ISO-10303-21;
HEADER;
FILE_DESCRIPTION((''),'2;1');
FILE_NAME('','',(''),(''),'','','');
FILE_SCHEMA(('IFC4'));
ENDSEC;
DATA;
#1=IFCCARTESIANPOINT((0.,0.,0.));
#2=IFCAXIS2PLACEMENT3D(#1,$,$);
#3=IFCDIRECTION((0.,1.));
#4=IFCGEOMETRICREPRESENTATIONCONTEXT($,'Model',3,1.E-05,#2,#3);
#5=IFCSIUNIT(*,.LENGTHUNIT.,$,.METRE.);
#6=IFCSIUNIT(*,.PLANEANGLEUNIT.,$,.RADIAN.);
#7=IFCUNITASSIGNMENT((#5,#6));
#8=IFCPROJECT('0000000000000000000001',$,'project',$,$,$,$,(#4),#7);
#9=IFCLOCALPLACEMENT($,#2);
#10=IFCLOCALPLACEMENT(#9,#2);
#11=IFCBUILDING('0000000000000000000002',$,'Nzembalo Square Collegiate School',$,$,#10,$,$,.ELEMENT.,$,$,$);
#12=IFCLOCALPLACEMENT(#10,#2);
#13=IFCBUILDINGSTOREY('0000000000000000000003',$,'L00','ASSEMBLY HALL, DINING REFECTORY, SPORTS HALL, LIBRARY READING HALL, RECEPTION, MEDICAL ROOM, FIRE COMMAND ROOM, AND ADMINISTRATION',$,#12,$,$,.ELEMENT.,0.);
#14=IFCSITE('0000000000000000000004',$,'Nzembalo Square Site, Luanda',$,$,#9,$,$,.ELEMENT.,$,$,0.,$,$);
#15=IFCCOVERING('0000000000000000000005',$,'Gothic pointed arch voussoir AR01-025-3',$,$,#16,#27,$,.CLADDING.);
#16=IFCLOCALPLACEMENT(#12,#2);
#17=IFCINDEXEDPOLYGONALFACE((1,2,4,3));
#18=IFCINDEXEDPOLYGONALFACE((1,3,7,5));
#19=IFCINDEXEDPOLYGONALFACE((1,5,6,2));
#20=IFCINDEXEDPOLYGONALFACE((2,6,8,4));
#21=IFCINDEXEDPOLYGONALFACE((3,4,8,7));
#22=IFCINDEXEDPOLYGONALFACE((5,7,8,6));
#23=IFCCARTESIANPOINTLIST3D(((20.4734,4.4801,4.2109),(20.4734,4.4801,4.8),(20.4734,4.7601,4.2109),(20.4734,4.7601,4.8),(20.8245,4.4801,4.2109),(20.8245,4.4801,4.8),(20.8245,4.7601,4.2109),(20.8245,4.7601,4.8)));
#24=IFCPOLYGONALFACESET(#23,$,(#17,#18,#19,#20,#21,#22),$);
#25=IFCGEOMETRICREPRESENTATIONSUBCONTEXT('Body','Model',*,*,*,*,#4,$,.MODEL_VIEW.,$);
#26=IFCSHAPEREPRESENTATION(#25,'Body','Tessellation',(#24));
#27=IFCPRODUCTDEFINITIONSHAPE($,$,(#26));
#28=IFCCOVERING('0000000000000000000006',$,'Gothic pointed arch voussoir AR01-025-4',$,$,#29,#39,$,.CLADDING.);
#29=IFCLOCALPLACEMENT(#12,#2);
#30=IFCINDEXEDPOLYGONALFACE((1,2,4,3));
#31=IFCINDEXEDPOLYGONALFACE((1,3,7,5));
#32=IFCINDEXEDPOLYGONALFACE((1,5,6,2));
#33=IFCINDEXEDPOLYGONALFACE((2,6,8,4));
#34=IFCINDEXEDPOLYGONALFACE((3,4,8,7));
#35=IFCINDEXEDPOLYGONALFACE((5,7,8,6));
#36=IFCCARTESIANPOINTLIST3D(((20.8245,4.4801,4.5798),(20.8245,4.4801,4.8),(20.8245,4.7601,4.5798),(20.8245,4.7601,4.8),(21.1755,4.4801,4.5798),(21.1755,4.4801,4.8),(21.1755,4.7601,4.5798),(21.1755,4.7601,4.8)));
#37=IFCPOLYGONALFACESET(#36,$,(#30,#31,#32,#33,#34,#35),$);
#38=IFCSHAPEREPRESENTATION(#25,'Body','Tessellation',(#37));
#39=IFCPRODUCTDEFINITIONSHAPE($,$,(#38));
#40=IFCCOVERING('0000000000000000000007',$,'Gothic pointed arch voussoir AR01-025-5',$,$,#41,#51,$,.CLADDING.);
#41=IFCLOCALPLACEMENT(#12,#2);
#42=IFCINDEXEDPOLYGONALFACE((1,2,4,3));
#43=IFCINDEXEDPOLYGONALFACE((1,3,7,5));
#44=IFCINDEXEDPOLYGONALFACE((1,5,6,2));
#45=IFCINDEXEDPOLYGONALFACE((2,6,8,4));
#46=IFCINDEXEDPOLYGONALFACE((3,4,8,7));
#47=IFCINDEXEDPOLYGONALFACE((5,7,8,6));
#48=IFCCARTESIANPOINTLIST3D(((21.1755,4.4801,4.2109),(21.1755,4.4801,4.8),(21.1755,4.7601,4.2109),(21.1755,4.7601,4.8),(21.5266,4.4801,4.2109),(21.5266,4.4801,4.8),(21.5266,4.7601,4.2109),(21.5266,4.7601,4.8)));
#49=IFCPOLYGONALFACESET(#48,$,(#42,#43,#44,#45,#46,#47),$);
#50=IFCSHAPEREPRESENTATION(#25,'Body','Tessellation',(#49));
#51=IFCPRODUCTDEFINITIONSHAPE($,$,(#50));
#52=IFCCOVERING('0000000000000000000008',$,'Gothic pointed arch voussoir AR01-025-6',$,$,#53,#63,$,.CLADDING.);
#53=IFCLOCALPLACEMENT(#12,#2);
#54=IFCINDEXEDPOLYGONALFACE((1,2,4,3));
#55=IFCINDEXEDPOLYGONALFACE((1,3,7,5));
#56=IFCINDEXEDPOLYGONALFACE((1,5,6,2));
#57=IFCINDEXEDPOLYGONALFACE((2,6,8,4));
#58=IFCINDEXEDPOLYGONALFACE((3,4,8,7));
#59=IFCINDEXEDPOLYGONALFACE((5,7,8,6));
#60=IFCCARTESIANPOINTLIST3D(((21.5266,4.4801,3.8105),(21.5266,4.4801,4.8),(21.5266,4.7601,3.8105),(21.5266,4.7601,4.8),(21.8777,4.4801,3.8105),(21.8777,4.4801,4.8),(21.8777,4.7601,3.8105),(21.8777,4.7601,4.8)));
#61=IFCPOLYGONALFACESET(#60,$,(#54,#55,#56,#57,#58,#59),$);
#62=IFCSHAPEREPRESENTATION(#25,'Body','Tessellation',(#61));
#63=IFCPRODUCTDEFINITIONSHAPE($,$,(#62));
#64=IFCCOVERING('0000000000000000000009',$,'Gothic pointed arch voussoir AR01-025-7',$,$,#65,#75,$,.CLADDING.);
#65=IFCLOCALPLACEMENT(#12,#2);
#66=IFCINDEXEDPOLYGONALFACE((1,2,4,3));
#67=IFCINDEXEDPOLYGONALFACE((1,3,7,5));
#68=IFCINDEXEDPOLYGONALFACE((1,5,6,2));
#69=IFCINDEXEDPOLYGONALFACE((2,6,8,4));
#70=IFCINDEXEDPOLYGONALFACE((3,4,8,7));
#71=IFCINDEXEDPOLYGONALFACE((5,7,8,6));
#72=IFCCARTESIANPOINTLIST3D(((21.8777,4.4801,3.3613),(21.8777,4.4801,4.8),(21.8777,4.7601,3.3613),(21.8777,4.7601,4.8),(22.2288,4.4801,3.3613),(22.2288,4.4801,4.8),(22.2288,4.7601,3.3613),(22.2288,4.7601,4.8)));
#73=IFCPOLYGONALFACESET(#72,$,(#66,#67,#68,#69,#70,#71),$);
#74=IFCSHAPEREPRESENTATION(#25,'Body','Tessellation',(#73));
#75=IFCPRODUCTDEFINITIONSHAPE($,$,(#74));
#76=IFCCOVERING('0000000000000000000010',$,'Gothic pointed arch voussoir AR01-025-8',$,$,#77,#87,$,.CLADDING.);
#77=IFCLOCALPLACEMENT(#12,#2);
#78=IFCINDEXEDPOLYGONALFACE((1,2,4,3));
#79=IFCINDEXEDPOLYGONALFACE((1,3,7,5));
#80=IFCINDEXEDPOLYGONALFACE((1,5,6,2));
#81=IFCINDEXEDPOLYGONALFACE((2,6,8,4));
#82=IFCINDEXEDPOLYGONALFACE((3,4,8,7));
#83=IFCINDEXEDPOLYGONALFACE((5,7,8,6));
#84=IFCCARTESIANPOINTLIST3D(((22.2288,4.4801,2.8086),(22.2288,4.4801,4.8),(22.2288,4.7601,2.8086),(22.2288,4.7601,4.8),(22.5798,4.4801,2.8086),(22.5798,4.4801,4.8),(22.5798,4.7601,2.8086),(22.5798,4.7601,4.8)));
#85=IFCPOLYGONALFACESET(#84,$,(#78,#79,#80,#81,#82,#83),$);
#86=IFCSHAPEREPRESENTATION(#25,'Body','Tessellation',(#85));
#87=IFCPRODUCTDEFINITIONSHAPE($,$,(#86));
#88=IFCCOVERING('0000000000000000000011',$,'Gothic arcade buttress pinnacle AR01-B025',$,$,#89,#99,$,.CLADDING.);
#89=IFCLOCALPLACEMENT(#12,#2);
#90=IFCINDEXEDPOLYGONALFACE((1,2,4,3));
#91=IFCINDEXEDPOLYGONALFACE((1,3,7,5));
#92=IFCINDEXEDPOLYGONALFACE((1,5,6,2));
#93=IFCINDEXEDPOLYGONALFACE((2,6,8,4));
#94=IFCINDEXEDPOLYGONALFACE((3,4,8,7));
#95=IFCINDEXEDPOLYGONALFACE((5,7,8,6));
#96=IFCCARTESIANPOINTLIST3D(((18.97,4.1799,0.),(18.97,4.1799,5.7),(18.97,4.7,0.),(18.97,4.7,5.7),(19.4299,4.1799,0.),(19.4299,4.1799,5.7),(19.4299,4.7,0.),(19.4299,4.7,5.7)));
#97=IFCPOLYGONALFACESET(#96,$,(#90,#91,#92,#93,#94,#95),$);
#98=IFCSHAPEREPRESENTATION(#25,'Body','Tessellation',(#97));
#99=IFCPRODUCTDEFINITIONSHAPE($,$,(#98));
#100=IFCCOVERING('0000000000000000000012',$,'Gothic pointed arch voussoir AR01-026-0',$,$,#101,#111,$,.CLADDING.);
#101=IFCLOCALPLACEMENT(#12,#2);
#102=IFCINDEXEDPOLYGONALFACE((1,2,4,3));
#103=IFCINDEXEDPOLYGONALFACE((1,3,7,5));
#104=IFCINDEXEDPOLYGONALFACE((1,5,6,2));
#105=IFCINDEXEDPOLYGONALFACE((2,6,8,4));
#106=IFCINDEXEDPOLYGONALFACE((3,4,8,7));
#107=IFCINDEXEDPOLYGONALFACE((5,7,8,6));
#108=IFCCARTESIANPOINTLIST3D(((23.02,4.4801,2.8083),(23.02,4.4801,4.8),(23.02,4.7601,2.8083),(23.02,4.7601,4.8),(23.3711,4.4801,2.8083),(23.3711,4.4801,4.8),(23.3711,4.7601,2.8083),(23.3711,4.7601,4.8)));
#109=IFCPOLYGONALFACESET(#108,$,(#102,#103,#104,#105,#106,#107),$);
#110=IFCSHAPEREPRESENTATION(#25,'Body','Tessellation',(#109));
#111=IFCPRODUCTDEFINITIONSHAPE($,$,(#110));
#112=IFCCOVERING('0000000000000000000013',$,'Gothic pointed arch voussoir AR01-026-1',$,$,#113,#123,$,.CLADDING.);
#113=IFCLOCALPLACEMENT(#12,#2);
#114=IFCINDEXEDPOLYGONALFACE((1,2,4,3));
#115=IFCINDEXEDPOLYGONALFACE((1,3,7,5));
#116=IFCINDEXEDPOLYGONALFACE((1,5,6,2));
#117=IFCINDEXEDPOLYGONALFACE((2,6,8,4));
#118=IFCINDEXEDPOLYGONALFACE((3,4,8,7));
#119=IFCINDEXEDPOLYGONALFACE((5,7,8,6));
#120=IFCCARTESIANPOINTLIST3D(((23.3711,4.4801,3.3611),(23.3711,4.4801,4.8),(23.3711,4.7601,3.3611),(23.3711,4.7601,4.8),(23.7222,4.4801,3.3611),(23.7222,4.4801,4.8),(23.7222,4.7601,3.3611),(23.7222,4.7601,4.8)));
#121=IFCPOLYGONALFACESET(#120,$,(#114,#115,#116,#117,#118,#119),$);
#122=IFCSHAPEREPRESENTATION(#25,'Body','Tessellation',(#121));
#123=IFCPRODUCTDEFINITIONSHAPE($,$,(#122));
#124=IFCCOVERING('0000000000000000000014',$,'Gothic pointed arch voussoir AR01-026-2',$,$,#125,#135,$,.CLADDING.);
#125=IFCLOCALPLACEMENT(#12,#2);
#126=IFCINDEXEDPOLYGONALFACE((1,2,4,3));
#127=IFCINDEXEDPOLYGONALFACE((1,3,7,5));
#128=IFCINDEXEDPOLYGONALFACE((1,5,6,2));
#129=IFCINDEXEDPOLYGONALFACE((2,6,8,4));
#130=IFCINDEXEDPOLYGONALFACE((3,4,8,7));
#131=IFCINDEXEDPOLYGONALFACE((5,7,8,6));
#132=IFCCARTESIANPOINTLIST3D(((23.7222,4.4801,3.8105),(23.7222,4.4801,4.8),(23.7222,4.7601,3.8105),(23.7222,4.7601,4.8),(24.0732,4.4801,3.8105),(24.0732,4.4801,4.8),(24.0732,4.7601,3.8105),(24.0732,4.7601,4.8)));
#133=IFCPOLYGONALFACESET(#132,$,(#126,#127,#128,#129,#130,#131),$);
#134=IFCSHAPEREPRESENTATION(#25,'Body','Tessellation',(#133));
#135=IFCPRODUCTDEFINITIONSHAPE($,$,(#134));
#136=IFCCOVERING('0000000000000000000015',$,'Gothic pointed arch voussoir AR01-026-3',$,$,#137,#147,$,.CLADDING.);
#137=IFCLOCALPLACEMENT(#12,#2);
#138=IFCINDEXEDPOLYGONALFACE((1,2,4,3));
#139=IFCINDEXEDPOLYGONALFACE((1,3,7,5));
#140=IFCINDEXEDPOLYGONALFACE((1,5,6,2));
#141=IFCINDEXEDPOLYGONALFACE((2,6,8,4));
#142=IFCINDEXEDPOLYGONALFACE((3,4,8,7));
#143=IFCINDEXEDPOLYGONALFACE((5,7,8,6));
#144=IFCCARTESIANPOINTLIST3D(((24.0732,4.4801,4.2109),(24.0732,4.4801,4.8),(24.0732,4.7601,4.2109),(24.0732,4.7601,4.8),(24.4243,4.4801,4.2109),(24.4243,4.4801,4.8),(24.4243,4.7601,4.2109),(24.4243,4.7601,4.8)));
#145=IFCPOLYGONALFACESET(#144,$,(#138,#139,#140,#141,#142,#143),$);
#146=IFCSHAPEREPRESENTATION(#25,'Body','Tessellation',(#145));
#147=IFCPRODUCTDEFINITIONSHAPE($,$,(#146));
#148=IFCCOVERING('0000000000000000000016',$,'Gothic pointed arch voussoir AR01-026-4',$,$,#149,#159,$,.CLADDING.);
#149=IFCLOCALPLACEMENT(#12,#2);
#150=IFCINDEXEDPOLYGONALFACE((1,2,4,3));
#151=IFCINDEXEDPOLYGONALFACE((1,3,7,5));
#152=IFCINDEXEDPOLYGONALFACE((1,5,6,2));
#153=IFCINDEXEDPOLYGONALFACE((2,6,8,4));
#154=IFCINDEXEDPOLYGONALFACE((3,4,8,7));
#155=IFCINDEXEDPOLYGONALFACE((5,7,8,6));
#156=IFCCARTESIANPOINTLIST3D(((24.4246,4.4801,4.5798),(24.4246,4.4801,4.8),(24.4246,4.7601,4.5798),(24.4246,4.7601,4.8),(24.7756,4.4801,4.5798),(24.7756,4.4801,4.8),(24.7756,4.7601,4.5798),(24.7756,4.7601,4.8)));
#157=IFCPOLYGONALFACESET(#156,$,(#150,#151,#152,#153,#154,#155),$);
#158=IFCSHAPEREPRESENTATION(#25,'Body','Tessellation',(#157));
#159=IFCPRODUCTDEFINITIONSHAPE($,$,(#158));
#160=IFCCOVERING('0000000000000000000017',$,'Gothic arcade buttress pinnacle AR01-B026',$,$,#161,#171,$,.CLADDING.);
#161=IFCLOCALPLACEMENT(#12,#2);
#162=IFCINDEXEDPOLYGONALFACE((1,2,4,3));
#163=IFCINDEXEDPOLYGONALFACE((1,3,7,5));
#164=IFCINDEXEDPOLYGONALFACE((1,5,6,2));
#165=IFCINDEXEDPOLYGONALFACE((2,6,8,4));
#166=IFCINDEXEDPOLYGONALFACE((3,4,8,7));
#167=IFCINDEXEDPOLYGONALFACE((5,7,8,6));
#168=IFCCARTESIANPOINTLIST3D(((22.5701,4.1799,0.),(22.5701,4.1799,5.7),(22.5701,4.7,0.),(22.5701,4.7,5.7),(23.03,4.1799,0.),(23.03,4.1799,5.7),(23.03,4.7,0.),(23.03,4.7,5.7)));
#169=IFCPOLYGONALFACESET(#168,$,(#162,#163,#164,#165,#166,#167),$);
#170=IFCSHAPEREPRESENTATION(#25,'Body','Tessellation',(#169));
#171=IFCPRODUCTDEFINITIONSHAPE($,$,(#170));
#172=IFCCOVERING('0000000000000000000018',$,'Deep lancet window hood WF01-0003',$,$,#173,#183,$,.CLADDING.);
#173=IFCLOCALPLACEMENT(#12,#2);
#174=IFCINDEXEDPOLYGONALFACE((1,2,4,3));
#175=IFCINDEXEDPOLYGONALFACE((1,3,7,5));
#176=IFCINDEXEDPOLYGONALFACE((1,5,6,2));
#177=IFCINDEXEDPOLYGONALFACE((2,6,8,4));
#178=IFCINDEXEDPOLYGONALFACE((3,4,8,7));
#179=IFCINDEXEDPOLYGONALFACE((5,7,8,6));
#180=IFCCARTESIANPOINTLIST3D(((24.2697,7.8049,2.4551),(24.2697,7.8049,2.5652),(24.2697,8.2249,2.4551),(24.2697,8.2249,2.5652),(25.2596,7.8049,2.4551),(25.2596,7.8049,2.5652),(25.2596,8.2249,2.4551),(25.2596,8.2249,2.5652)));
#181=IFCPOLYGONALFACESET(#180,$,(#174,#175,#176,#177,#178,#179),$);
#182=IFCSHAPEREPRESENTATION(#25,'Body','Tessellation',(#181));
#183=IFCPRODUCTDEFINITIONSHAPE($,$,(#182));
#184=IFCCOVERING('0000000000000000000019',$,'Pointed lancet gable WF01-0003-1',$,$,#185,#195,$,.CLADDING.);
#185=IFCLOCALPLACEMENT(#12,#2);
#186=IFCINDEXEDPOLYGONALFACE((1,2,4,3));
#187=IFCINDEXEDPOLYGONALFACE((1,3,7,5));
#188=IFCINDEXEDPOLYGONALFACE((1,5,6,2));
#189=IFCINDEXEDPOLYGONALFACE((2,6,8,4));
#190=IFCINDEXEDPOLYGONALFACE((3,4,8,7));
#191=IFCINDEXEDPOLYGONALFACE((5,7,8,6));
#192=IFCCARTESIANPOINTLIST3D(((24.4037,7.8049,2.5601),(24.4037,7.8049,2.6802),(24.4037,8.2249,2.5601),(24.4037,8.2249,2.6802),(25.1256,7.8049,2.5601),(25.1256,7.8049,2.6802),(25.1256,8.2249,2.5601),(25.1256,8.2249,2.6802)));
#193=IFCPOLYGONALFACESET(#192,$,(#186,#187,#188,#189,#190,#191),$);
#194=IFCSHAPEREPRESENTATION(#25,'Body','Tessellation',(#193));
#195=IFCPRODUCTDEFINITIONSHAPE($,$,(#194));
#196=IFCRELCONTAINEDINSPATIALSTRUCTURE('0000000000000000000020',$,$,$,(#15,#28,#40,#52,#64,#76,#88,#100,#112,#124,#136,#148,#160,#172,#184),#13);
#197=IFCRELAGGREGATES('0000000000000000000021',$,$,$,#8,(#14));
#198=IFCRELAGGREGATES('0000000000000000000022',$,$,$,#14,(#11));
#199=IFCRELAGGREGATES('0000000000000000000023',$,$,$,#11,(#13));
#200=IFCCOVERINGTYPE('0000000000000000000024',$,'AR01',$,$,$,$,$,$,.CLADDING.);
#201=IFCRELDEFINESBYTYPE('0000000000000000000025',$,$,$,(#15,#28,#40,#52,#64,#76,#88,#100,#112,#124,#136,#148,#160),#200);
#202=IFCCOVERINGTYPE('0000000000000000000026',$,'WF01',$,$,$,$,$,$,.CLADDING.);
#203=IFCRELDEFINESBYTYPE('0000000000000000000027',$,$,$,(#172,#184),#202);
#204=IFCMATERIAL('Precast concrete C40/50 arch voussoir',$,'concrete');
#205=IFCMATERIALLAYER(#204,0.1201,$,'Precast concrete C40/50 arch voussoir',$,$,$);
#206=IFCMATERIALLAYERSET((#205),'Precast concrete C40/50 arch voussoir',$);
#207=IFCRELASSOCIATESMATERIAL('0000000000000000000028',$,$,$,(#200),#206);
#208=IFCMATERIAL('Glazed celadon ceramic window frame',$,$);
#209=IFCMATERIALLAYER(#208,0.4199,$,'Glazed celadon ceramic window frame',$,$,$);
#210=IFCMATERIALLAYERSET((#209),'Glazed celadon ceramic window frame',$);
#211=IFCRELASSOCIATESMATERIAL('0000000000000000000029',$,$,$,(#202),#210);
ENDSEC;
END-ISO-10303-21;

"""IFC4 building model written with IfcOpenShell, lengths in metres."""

from ifc_helpers import new_model, si_unit, direction, frame, origin, origin_2d, place, context, subcontext, project, spatial, rectangle, extrude, material, layer, layer_set, type_object, element, save


model = new_model("IFC4")

# Units and contexts
model_context = context("Model", 3, precision=1e-05, world=origin(), true_north=direction((0.0, 1.0)))
body_context = subcontext(model_context, "Body", "Model", "MODEL_VIEW")
ifc_project = project(units=[si_unit("LENGTHUNIT", "METRE"), si_unit("PLANEANGLEUNIT", "RADIAN")], contexts=[model_context])

# Site, building, storey
site_placement = place(None, origin())
site = spatial("IfcSite", under=ifc_project, at=site_placement, Name="Nzembalo Square Site, Luanda", CompositionType="ELEMENT", RefElevation=0.0)
building_placement = place(site_placement, origin())
building = spatial("IfcBuilding", under=site, at=building_placement, Name="Nzembalo Square Collegiate School", CompositionType="ELEMENT")
storey_placement = place(building_placement, origin())
storey = spatial("IfcBuildingStorey", under=building, at=storey_placement, Name="L00", Description="ASSEMBLY HALL, DINING REFECTORY, SPORTS HALL, LIBRARY READING HALL, RECEPTION, MEDICAL ROOM, FIRE COMMAND ROOM, AND ADMINISTRATION", CompositionType="ELEMENT", Elevation=0.0)

# Coverings
ifc_material_1 = material(Name="Precast concrete C40/50 arch voussoir", Category="concrete")
ifc_layer_1 = layer(ifc_material_1, 0.1201, Name="Precast concrete C40/50 arch voussoir")
ifc_layer_set_1 = layer_set([ifc_layer_1], Name="Precast concrete C40/50 arch voussoir")
covering_type_1 = type_object("IfcCoveringType", Name="AR01", PredefinedType="CLADDING", material=ifc_layer_set_1)
covering_1_placement = place(storey_placement, frame((20.6489, 4.6201, 4.2109), z_axis=(0.0, 0.0, 1.0), x_axis=(1.0, 0.0, 0.0)))
element("IfcCovering", 1, at=covering_1_placement, inside=storey, type_object=covering_type_1, Name="Gothic pointed arch voussoir AR01-025-3", PredefinedType="CLADDING", context=body_context, shape_type="SweptSolid", body=[
    extrude(rectangle(XDim=0.3511, YDim=0.28, at=origin_2d()), origin(), (0.0, 0.0, 1.0), 0.5891),
])
covering_2_placement = place(storey_placement, frame((21.0, 4.6201, 4.5798), z_axis=(0.0, 0.0, 1.0), x_axis=(1.0, 0.0, 0.0)))
element("IfcCovering", 2, at=covering_2_placement, inside=storey, type_object=covering_type_1, Name="Gothic pointed arch voussoir AR01-025-4", PredefinedType="CLADDING", context=body_context, shape_type="SweptSolid", body=[
    extrude(rectangle(XDim=0.3511, YDim=0.28, at=origin_2d()), origin(), (0.0, 0.0, 1.0), 0.2202),
])
covering_3_placement = place(storey_placement, frame((21.3511, 4.6201, 4.2109), z_axis=(0.0, 0.0, 1.0), x_axis=(1.0, 0.0, 0.0)))
element("IfcCovering", 3, at=covering_3_placement, inside=storey, type_object=covering_type_1, Name="Gothic pointed arch voussoir AR01-025-5", PredefinedType="CLADDING", context=body_context, shape_type="SweptSolid", body=[
    extrude(rectangle(XDim=0.3511, YDim=0.28, at=origin_2d()), origin(), (0.0, 0.0, 1.0), 0.5891),
])
covering_4_placement = place(storey_placement, frame((21.7021, 4.6201, 3.8105), z_axis=(0.0, 0.0, 1.0), x_axis=(1.0, 0.0, 0.0)))
element("IfcCovering", 4, at=covering_4_placement, inside=storey, type_object=covering_type_1, Name="Gothic pointed arch voussoir AR01-025-6", PredefinedType="CLADDING", context=body_context, shape_type="SweptSolid", body=[
    extrude(rectangle(XDim=0.3511, YDim=0.28, at=origin_2d()), origin(), (0.0, 0.0, 1.0), 0.9895),
])
covering_5_placement = place(storey_placement, frame((22.0532, 4.6201, 3.3613), z_axis=(0.0, 0.0, 1.0), x_axis=(1.0, 0.0, 0.0)))
element("IfcCovering", 5, at=covering_5_placement, inside=storey, type_object=covering_type_1, Name="Gothic pointed arch voussoir AR01-025-7", PredefinedType="CLADDING", context=body_context, shape_type="SweptSolid", body=[
    extrude(rectangle(XDim=0.3511, YDim=0.28, at=origin_2d()), origin(), (0.0, 0.0, 1.0), 1.4387),
])
covering_6_placement = place(storey_placement, frame((22.4043, 4.6201, 2.8086), z_axis=(0.0, 0.0, 1.0), x_axis=(1.0, 0.0, 0.0)))
element("IfcCovering", 6, at=covering_6_placement, inside=storey, type_object=covering_type_1, Name="Gothic pointed arch voussoir AR01-025-8", PredefinedType="CLADDING", context=body_context, shape_type="SweptSolid", body=[
    extrude(rectangle(XDim=0.3511, YDim=0.28, at=origin_2d()), origin(), (0.0, 0.0, 1.0), 1.9915),
])
covering_7_placement = place(storey_placement, frame((19.2, 4.4399, 0.0), z_axis=(0.0, 0.0, 1.0), x_axis=(1.0, 0.0, 0.0)))
element("IfcCovering", 7, at=covering_7_placement, inside=storey, type_object=covering_type_1, Name="Gothic arcade buttress pinnacle AR01-B025", PredefinedType="CLADDING", context=body_context, shape_type="SweptSolid", body=[
    extrude(rectangle(XDim=0.46, YDim=0.52, at=origin_2d()), origin(), (0.0, 0.0, 1.0), 5.7),
])
covering_8_placement = place(storey_placement, frame((23.1956, 4.6201, 2.8083), z_axis=(0.0, 0.0, 1.0), x_axis=(1.0, 0.0, 0.0)))
element("IfcCovering", 8, at=covering_8_placement, inside=storey, type_object=covering_type_1, Name="Gothic pointed arch voussoir AR01-026-0", PredefinedType="CLADDING", context=body_context, shape_type="SweptSolid", body=[
    extrude(rectangle(XDim=0.3511, YDim=0.28, at=origin_2d()), origin(), (0.0, 0.0, 1.0), 1.9917),
])
covering_9_placement = place(storey_placement, frame((23.5466, 4.6201, 3.3611), z_axis=(0.0, 0.0, 1.0), x_axis=(1.0, 0.0, 0.0)))
element("IfcCovering", 9, at=covering_9_placement, inside=storey, type_object=covering_type_1, Name="Gothic pointed arch voussoir AR01-026-1", PredefinedType="CLADDING", context=body_context, shape_type="SweptSolid", body=[
    extrude(rectangle(XDim=0.3511, YDim=0.28, at=origin_2d()), origin(), (0.0, 0.0, 1.0), 1.439),
])
covering_10_placement = place(storey_placement, frame((23.8977, 4.6201, 3.8105), z_axis=(0.0, 0.0, 1.0), x_axis=(1.0, 0.0, 0.0)))
element("IfcCovering", 10, at=covering_10_placement, inside=storey, type_object=covering_type_1, Name="Gothic pointed arch voussoir AR01-026-2", PredefinedType="CLADDING", context=body_context, shape_type="SweptSolid", body=[
    extrude(rectangle(XDim=0.3511, YDim=0.28, at=origin_2d()), origin(), (0.0, 0.0, 1.0), 0.9895),
])
covering_11_placement = place(storey_placement, frame((24.2488, 4.6201, 4.2109), z_axis=(0.0, 0.0, 1.0), x_axis=(1.0, 0.0, 0.0)))
element("IfcCovering", 11, at=covering_11_placement, inside=storey, type_object=covering_type_1, Name="Gothic pointed arch voussoir AR01-026-3", PredefinedType="CLADDING", context=body_context, shape_type="SweptSolid", body=[
    extrude(rectangle(XDim=0.3511, YDim=0.28, at=origin_2d()), origin(), (0.0, 0.0, 1.0), 0.5891),
])
covering_12_placement = place(storey_placement, frame((24.6001, 4.6201, 4.5798), z_axis=(0.0, 0.0, 1.0), x_axis=(1.0, 0.0, 0.0)))
element("IfcCovering", 12, at=covering_12_placement, inside=storey, type_object=covering_type_1, Name="Gothic pointed arch voussoir AR01-026-4", PredefinedType="CLADDING", context=body_context, shape_type="SweptSolid", body=[
    extrude(rectangle(XDim=0.3511, YDim=0.28, at=origin_2d()), origin(), (0.0, 0.0, 1.0), 0.2202),
])
covering_13_placement = place(storey_placement, frame((22.8, 4.4399, 0.0), z_axis=(0.0, 0.0, 1.0), x_axis=(1.0, 0.0, 0.0)))
element("IfcCovering", 13, at=covering_13_placement, inside=storey, type_object=covering_type_1, Name="Gothic arcade buttress pinnacle AR01-B026", PredefinedType="CLADDING", context=body_context, shape_type="SweptSolid", body=[
    extrude(rectangle(XDim=0.46, YDim=0.52, at=origin_2d()), origin(), (0.0, 0.0, 1.0), 5.7),
])
ifc_material_2 = material(Name="Glazed celadon ceramic window frame")
ifc_layer_2 = layer(ifc_material_2, 0.4199, Name="Glazed celadon ceramic window frame")
ifc_layer_set_2 = layer_set([ifc_layer_2], Name="Glazed celadon ceramic window frame")
covering_type_2 = type_object("IfcCoveringType", Name="WF01", PredefinedType="CLADDING", material=ifc_layer_set_2)
covering_14_placement = place(storey_placement, frame((24.7646, 8.0149, 2.4551), z_axis=(0.0, 0.0, 1.0), x_axis=(1.0, 0.0, 0.0)))
element("IfcCovering", 14, at=covering_14_placement, inside=storey, type_object=covering_type_2, Name="Deep lancet window hood WF01-0003", PredefinedType="CLADDING", context=body_context, shape_type="SweptSolid", body=[
    extrude(rectangle(XDim=0.99, YDim=0.4199, at=origin_2d()), origin(), (0.0, 0.0, 1.0), 0.1101),
])
covering_15_placement = place(storey_placement, frame((24.7646, 8.0149, 2.5601), z_axis=(0.0, 0.0, 1.0), x_axis=(1.0, 0.0, 0.0)))
element("IfcCovering", 15, at=covering_15_placement, inside=storey, type_object=covering_type_2, Name="Pointed lancet gable WF01-0003-1", PredefinedType="CLADDING", context=body_context, shape_type="SweptSolid", body=[
    extrude(rectangle(XDim=0.7219, YDim=0.4199, at=origin_2d()), origin(), (0.0, 0.0, 1.0), 0.1201),
])

save(model, "model.ifc")
